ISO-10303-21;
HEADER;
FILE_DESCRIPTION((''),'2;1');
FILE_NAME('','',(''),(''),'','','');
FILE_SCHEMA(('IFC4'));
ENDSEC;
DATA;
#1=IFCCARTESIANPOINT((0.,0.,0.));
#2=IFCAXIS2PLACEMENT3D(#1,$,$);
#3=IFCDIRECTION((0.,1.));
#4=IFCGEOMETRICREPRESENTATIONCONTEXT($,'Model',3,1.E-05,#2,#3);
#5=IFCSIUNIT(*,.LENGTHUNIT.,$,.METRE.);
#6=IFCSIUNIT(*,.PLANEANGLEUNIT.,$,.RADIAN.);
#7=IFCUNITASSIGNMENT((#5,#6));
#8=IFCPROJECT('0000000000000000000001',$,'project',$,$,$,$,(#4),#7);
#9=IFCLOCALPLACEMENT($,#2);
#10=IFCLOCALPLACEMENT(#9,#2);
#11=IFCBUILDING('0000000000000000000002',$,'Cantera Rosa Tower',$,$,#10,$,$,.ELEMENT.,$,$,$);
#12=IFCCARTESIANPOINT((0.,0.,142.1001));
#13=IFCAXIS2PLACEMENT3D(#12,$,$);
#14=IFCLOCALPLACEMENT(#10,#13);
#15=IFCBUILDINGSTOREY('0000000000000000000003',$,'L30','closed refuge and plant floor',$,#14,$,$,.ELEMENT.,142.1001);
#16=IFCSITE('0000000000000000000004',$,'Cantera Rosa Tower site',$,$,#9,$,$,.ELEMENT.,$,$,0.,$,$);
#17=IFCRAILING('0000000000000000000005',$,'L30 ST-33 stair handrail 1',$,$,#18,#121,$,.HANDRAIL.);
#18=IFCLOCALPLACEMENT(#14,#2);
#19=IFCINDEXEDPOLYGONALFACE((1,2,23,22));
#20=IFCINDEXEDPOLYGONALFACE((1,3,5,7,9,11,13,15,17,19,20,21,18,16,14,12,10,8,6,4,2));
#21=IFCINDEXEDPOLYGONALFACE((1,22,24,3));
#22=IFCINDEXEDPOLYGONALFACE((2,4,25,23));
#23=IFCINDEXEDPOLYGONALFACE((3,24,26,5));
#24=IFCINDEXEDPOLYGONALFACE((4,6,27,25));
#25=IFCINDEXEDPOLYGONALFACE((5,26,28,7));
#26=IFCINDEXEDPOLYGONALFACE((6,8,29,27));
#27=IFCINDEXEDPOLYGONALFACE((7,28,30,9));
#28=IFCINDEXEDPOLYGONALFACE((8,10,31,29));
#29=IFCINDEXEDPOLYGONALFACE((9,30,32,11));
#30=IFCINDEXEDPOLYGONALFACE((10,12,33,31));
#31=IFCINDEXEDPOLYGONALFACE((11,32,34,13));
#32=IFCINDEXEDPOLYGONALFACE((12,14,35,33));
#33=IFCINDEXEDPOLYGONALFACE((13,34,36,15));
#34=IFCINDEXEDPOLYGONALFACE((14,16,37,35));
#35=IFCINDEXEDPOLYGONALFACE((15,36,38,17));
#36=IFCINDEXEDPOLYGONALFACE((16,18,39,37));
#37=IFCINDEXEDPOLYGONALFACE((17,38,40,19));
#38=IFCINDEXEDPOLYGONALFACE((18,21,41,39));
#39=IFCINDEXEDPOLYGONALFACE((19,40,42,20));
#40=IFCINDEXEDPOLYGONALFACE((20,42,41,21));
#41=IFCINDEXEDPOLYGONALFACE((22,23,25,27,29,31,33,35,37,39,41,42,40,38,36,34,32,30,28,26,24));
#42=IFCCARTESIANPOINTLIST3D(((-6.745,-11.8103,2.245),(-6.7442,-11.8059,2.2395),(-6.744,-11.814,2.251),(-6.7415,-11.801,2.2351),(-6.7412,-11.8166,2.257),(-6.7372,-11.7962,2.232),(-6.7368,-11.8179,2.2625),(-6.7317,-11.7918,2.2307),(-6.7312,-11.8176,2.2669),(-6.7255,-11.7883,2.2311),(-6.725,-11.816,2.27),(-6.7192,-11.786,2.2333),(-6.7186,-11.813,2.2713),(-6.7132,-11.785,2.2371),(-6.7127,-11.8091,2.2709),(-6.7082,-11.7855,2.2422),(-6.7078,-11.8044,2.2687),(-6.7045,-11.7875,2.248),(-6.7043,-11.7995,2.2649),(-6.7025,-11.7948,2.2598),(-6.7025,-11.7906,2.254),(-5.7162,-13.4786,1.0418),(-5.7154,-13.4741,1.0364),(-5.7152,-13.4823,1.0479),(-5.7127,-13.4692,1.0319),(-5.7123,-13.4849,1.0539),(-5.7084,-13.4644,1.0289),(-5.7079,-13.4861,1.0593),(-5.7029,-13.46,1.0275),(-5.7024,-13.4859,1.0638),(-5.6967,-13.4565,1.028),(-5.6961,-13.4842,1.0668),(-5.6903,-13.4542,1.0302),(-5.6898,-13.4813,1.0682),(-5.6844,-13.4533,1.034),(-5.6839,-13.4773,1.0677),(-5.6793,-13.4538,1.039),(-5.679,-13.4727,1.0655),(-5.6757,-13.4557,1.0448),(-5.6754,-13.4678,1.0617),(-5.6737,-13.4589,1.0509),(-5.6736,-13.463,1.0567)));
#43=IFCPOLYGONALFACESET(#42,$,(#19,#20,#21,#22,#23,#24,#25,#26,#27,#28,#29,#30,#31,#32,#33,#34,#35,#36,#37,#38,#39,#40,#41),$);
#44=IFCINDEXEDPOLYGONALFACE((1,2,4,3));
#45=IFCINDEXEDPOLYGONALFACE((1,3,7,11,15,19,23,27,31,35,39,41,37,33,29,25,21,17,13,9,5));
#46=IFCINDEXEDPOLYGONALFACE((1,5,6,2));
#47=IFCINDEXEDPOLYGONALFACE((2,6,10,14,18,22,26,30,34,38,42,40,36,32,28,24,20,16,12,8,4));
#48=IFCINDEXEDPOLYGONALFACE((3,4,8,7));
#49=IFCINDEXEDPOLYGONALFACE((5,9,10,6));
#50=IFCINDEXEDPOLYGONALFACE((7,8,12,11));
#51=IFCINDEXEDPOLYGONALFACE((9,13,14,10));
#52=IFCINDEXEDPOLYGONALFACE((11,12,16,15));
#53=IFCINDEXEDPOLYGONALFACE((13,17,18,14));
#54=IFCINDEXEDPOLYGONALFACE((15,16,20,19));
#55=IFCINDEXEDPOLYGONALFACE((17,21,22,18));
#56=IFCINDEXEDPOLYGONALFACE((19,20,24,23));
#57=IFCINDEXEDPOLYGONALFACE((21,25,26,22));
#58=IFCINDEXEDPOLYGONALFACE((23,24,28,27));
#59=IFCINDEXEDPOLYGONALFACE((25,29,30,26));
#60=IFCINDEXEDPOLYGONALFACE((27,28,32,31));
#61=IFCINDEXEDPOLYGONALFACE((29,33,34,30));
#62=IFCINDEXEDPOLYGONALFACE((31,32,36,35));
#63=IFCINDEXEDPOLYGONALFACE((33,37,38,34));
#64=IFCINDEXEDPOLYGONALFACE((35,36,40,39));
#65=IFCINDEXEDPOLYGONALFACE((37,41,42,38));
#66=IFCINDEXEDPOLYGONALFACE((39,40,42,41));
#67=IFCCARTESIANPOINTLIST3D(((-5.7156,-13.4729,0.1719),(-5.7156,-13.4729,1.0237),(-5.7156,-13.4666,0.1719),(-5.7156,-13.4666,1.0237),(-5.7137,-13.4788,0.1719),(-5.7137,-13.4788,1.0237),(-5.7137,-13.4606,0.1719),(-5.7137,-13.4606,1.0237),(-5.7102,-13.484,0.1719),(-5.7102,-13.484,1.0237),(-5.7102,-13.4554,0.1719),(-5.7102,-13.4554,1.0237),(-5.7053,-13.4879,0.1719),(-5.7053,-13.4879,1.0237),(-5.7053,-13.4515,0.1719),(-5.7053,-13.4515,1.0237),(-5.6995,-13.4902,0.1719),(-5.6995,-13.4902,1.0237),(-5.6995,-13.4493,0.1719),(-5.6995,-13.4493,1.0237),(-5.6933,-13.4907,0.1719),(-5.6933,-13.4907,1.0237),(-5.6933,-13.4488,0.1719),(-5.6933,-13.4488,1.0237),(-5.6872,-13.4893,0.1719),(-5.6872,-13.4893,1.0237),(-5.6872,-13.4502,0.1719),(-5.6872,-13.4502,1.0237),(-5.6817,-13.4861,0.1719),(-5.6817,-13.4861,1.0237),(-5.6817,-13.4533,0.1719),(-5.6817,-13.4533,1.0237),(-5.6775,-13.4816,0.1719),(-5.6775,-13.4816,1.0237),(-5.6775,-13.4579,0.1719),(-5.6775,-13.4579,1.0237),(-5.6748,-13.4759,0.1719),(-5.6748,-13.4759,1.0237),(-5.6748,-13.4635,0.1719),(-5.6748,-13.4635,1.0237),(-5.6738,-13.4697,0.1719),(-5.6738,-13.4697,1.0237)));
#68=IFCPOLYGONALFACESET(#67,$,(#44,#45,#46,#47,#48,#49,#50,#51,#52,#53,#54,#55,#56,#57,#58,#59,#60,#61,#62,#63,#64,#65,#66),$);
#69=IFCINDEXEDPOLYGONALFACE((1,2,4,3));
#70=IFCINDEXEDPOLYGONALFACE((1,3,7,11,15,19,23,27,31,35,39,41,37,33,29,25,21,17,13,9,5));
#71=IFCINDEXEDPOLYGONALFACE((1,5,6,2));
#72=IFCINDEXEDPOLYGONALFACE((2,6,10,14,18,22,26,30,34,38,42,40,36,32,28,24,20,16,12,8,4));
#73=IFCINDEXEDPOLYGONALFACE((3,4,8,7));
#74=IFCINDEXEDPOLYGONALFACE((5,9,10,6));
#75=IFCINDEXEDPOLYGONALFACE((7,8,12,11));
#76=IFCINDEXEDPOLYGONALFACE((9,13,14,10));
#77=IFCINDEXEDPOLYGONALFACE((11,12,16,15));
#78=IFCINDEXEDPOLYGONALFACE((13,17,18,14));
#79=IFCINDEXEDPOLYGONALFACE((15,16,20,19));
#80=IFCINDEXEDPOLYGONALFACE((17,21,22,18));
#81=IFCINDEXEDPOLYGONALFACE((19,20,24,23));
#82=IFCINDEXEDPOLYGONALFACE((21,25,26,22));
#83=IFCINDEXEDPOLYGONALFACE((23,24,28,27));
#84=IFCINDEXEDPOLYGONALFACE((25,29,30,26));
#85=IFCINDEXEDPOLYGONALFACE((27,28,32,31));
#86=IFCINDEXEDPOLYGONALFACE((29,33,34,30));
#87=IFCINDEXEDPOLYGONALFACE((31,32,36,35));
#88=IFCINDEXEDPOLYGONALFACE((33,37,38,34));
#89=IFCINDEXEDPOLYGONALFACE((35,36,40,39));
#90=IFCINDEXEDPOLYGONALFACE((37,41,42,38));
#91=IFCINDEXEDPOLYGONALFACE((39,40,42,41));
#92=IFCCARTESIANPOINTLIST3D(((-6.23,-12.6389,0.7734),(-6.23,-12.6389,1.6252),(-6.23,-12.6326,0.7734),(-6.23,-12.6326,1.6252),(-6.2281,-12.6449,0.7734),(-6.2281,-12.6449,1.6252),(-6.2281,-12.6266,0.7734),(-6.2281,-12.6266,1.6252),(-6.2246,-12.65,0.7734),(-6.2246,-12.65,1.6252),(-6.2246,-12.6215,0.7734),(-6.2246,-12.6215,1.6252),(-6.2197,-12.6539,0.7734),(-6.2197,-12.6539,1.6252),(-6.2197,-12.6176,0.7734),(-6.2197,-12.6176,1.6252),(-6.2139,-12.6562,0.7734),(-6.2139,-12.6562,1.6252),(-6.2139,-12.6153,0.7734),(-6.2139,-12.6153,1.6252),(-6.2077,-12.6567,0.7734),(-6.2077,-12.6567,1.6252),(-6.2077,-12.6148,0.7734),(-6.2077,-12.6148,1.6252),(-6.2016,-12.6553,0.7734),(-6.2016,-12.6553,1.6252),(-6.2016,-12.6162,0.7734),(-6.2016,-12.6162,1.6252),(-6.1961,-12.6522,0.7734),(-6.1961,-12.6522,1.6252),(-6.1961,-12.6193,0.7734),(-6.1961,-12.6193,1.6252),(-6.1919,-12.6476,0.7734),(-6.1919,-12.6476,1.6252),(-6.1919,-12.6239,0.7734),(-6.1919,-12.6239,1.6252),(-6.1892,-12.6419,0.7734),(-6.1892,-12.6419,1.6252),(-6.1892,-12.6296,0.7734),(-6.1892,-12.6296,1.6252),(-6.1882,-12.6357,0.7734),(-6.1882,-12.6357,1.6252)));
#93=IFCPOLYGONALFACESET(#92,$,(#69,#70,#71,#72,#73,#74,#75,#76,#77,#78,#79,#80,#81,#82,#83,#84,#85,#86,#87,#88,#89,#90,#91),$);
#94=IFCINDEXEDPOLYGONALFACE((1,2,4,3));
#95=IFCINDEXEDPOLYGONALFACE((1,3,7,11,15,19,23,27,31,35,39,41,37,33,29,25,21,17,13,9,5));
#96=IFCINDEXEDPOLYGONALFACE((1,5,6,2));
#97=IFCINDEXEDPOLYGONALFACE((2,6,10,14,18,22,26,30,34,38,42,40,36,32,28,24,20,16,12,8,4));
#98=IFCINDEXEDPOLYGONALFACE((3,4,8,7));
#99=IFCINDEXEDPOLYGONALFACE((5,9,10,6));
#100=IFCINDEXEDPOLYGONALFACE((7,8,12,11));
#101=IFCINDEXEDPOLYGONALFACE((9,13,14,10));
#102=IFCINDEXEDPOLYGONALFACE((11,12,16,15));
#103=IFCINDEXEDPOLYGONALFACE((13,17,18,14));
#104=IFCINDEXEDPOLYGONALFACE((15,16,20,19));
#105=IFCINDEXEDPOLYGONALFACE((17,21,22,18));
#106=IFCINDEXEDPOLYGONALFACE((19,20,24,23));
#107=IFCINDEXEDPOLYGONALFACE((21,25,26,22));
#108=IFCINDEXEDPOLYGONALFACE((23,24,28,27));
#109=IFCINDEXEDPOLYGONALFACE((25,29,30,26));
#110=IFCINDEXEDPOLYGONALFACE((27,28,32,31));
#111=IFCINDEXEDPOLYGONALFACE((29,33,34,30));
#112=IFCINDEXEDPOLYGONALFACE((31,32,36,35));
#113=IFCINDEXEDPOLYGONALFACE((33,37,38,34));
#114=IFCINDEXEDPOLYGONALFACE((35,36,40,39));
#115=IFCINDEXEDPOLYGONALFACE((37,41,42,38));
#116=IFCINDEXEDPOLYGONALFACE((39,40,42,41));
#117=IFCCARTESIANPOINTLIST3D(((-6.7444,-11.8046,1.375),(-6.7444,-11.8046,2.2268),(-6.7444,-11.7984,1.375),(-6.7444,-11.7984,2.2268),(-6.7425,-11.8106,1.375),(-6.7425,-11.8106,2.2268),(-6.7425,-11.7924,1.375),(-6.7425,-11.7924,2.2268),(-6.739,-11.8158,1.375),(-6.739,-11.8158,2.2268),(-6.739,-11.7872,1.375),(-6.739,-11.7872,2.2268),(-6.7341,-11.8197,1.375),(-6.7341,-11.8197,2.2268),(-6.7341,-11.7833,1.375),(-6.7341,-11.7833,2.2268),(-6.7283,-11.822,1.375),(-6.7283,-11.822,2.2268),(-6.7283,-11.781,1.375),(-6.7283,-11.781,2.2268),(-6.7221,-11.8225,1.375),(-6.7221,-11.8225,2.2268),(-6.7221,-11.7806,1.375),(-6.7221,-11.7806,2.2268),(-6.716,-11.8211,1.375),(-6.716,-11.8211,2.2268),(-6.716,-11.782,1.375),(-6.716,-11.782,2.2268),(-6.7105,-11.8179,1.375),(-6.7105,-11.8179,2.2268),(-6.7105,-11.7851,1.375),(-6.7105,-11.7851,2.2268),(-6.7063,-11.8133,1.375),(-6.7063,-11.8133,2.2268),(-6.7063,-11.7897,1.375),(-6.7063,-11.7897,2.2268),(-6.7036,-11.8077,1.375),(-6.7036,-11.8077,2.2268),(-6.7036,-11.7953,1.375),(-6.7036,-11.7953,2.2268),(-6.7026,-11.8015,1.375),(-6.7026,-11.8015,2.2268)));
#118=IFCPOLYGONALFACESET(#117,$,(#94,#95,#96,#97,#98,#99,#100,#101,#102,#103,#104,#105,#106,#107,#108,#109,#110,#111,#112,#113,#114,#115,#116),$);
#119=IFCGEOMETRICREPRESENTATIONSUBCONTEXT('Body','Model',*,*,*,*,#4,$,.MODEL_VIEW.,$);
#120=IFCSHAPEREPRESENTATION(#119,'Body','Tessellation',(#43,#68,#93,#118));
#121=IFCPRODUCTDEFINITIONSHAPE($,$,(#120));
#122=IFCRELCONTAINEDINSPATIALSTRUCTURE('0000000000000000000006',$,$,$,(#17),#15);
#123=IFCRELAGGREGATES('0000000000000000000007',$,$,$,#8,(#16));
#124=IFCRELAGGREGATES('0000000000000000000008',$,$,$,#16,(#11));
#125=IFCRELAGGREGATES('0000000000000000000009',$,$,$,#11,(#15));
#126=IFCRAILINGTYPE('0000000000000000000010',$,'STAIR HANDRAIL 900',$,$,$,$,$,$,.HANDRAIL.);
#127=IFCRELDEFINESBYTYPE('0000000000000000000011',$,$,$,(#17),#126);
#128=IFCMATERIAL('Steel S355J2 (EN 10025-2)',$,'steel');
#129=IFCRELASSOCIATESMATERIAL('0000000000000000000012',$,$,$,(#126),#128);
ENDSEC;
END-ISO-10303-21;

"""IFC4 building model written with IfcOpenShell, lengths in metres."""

from ifc_helpers import new_model, si_unit, direction, frame, origin, origin_2d, place, context, subcontext, project, spatial, circle, extrude, material, type_object, element, save


model = new_model("IFC4")

# Units and contexts
model_context = context("Model", 3, precision=1e-05, world=origin(), true_north=direction((0.0, 1.0)))
body_context = subcontext(model_context, "Body", "Model", "MODEL_VIEW")
ifc_project = project(units=[si_unit("LENGTHUNIT", "METRE"), si_unit("PLANEANGLEUNIT", "RADIAN")], contexts=[model_context])

# Site, building, storey
site_placement = place(None, origin())
site = spatial("IfcSite", under=ifc_project, at=site_placement, Name="Cantera Rosa Tower site", CompositionType="ELEMENT", RefElevation=0.0)
building_placement = place(site_placement, origin())
building = spatial("IfcBuilding", under=site, at=building_placement, Name="Cantera Rosa Tower", CompositionType="ELEMENT")
storey_placement = place(building_placement, frame((0.0, 0.0, 142.1001)))
storey = spatial("IfcBuildingStorey", under=building, at=storey_placement, Name="L30", Description="closed refuge and plant floor", CompositionType="ELEMENT", Elevation=142.1001)

# Railing
ifc_material_1 = material(Name="Steel S355J2 (EN 10025-2)", Category="steel")
railing_type_1 = type_object("IfcRailingType", Name="STAIR HANDRAIL 900", PredefinedType="HANDRAIL", material=ifc_material_1)
railing_1_placement = place(storey_placement, frame((-5.6948, -13.4697, 0.1719)))
element("IfcRailing", 1, at=railing_1_placement, inside=storey, type_object=railing_type_1, Name="L30 ST-33 stair handrail 1", PredefinedType="HANDRAIL", context=body_context, shape_type="SweptSolid", body=[
    extrude(circle(Radius=0.0239, at=origin_2d()), frame((0.0, 0.0, 0.876), z_axis=(-0.447355, 0.725386, 0.523153), x_axis=(-0.851153, -0.524917, 0.0)), (0.0, 0.0, 1.0), 2.2998),
    extrude(circle(Radius=0.021, at=origin_2d()), origin(), (0.0, 0.0, 1.0), 0.8518),
    extrude(circle(Radius=0.021, at=origin_2d()), frame((-0.5144, 0.834, 0.6016)), (0.0, 0.0, 1.0), 0.8518),
    extrude(circle(Radius=0.021, at=origin_2d()), frame((-1.0288, 1.6682, 1.2031)), (0.0, 0.0, 1.0), 0.8518),
])

save(model, "model.ifc")
